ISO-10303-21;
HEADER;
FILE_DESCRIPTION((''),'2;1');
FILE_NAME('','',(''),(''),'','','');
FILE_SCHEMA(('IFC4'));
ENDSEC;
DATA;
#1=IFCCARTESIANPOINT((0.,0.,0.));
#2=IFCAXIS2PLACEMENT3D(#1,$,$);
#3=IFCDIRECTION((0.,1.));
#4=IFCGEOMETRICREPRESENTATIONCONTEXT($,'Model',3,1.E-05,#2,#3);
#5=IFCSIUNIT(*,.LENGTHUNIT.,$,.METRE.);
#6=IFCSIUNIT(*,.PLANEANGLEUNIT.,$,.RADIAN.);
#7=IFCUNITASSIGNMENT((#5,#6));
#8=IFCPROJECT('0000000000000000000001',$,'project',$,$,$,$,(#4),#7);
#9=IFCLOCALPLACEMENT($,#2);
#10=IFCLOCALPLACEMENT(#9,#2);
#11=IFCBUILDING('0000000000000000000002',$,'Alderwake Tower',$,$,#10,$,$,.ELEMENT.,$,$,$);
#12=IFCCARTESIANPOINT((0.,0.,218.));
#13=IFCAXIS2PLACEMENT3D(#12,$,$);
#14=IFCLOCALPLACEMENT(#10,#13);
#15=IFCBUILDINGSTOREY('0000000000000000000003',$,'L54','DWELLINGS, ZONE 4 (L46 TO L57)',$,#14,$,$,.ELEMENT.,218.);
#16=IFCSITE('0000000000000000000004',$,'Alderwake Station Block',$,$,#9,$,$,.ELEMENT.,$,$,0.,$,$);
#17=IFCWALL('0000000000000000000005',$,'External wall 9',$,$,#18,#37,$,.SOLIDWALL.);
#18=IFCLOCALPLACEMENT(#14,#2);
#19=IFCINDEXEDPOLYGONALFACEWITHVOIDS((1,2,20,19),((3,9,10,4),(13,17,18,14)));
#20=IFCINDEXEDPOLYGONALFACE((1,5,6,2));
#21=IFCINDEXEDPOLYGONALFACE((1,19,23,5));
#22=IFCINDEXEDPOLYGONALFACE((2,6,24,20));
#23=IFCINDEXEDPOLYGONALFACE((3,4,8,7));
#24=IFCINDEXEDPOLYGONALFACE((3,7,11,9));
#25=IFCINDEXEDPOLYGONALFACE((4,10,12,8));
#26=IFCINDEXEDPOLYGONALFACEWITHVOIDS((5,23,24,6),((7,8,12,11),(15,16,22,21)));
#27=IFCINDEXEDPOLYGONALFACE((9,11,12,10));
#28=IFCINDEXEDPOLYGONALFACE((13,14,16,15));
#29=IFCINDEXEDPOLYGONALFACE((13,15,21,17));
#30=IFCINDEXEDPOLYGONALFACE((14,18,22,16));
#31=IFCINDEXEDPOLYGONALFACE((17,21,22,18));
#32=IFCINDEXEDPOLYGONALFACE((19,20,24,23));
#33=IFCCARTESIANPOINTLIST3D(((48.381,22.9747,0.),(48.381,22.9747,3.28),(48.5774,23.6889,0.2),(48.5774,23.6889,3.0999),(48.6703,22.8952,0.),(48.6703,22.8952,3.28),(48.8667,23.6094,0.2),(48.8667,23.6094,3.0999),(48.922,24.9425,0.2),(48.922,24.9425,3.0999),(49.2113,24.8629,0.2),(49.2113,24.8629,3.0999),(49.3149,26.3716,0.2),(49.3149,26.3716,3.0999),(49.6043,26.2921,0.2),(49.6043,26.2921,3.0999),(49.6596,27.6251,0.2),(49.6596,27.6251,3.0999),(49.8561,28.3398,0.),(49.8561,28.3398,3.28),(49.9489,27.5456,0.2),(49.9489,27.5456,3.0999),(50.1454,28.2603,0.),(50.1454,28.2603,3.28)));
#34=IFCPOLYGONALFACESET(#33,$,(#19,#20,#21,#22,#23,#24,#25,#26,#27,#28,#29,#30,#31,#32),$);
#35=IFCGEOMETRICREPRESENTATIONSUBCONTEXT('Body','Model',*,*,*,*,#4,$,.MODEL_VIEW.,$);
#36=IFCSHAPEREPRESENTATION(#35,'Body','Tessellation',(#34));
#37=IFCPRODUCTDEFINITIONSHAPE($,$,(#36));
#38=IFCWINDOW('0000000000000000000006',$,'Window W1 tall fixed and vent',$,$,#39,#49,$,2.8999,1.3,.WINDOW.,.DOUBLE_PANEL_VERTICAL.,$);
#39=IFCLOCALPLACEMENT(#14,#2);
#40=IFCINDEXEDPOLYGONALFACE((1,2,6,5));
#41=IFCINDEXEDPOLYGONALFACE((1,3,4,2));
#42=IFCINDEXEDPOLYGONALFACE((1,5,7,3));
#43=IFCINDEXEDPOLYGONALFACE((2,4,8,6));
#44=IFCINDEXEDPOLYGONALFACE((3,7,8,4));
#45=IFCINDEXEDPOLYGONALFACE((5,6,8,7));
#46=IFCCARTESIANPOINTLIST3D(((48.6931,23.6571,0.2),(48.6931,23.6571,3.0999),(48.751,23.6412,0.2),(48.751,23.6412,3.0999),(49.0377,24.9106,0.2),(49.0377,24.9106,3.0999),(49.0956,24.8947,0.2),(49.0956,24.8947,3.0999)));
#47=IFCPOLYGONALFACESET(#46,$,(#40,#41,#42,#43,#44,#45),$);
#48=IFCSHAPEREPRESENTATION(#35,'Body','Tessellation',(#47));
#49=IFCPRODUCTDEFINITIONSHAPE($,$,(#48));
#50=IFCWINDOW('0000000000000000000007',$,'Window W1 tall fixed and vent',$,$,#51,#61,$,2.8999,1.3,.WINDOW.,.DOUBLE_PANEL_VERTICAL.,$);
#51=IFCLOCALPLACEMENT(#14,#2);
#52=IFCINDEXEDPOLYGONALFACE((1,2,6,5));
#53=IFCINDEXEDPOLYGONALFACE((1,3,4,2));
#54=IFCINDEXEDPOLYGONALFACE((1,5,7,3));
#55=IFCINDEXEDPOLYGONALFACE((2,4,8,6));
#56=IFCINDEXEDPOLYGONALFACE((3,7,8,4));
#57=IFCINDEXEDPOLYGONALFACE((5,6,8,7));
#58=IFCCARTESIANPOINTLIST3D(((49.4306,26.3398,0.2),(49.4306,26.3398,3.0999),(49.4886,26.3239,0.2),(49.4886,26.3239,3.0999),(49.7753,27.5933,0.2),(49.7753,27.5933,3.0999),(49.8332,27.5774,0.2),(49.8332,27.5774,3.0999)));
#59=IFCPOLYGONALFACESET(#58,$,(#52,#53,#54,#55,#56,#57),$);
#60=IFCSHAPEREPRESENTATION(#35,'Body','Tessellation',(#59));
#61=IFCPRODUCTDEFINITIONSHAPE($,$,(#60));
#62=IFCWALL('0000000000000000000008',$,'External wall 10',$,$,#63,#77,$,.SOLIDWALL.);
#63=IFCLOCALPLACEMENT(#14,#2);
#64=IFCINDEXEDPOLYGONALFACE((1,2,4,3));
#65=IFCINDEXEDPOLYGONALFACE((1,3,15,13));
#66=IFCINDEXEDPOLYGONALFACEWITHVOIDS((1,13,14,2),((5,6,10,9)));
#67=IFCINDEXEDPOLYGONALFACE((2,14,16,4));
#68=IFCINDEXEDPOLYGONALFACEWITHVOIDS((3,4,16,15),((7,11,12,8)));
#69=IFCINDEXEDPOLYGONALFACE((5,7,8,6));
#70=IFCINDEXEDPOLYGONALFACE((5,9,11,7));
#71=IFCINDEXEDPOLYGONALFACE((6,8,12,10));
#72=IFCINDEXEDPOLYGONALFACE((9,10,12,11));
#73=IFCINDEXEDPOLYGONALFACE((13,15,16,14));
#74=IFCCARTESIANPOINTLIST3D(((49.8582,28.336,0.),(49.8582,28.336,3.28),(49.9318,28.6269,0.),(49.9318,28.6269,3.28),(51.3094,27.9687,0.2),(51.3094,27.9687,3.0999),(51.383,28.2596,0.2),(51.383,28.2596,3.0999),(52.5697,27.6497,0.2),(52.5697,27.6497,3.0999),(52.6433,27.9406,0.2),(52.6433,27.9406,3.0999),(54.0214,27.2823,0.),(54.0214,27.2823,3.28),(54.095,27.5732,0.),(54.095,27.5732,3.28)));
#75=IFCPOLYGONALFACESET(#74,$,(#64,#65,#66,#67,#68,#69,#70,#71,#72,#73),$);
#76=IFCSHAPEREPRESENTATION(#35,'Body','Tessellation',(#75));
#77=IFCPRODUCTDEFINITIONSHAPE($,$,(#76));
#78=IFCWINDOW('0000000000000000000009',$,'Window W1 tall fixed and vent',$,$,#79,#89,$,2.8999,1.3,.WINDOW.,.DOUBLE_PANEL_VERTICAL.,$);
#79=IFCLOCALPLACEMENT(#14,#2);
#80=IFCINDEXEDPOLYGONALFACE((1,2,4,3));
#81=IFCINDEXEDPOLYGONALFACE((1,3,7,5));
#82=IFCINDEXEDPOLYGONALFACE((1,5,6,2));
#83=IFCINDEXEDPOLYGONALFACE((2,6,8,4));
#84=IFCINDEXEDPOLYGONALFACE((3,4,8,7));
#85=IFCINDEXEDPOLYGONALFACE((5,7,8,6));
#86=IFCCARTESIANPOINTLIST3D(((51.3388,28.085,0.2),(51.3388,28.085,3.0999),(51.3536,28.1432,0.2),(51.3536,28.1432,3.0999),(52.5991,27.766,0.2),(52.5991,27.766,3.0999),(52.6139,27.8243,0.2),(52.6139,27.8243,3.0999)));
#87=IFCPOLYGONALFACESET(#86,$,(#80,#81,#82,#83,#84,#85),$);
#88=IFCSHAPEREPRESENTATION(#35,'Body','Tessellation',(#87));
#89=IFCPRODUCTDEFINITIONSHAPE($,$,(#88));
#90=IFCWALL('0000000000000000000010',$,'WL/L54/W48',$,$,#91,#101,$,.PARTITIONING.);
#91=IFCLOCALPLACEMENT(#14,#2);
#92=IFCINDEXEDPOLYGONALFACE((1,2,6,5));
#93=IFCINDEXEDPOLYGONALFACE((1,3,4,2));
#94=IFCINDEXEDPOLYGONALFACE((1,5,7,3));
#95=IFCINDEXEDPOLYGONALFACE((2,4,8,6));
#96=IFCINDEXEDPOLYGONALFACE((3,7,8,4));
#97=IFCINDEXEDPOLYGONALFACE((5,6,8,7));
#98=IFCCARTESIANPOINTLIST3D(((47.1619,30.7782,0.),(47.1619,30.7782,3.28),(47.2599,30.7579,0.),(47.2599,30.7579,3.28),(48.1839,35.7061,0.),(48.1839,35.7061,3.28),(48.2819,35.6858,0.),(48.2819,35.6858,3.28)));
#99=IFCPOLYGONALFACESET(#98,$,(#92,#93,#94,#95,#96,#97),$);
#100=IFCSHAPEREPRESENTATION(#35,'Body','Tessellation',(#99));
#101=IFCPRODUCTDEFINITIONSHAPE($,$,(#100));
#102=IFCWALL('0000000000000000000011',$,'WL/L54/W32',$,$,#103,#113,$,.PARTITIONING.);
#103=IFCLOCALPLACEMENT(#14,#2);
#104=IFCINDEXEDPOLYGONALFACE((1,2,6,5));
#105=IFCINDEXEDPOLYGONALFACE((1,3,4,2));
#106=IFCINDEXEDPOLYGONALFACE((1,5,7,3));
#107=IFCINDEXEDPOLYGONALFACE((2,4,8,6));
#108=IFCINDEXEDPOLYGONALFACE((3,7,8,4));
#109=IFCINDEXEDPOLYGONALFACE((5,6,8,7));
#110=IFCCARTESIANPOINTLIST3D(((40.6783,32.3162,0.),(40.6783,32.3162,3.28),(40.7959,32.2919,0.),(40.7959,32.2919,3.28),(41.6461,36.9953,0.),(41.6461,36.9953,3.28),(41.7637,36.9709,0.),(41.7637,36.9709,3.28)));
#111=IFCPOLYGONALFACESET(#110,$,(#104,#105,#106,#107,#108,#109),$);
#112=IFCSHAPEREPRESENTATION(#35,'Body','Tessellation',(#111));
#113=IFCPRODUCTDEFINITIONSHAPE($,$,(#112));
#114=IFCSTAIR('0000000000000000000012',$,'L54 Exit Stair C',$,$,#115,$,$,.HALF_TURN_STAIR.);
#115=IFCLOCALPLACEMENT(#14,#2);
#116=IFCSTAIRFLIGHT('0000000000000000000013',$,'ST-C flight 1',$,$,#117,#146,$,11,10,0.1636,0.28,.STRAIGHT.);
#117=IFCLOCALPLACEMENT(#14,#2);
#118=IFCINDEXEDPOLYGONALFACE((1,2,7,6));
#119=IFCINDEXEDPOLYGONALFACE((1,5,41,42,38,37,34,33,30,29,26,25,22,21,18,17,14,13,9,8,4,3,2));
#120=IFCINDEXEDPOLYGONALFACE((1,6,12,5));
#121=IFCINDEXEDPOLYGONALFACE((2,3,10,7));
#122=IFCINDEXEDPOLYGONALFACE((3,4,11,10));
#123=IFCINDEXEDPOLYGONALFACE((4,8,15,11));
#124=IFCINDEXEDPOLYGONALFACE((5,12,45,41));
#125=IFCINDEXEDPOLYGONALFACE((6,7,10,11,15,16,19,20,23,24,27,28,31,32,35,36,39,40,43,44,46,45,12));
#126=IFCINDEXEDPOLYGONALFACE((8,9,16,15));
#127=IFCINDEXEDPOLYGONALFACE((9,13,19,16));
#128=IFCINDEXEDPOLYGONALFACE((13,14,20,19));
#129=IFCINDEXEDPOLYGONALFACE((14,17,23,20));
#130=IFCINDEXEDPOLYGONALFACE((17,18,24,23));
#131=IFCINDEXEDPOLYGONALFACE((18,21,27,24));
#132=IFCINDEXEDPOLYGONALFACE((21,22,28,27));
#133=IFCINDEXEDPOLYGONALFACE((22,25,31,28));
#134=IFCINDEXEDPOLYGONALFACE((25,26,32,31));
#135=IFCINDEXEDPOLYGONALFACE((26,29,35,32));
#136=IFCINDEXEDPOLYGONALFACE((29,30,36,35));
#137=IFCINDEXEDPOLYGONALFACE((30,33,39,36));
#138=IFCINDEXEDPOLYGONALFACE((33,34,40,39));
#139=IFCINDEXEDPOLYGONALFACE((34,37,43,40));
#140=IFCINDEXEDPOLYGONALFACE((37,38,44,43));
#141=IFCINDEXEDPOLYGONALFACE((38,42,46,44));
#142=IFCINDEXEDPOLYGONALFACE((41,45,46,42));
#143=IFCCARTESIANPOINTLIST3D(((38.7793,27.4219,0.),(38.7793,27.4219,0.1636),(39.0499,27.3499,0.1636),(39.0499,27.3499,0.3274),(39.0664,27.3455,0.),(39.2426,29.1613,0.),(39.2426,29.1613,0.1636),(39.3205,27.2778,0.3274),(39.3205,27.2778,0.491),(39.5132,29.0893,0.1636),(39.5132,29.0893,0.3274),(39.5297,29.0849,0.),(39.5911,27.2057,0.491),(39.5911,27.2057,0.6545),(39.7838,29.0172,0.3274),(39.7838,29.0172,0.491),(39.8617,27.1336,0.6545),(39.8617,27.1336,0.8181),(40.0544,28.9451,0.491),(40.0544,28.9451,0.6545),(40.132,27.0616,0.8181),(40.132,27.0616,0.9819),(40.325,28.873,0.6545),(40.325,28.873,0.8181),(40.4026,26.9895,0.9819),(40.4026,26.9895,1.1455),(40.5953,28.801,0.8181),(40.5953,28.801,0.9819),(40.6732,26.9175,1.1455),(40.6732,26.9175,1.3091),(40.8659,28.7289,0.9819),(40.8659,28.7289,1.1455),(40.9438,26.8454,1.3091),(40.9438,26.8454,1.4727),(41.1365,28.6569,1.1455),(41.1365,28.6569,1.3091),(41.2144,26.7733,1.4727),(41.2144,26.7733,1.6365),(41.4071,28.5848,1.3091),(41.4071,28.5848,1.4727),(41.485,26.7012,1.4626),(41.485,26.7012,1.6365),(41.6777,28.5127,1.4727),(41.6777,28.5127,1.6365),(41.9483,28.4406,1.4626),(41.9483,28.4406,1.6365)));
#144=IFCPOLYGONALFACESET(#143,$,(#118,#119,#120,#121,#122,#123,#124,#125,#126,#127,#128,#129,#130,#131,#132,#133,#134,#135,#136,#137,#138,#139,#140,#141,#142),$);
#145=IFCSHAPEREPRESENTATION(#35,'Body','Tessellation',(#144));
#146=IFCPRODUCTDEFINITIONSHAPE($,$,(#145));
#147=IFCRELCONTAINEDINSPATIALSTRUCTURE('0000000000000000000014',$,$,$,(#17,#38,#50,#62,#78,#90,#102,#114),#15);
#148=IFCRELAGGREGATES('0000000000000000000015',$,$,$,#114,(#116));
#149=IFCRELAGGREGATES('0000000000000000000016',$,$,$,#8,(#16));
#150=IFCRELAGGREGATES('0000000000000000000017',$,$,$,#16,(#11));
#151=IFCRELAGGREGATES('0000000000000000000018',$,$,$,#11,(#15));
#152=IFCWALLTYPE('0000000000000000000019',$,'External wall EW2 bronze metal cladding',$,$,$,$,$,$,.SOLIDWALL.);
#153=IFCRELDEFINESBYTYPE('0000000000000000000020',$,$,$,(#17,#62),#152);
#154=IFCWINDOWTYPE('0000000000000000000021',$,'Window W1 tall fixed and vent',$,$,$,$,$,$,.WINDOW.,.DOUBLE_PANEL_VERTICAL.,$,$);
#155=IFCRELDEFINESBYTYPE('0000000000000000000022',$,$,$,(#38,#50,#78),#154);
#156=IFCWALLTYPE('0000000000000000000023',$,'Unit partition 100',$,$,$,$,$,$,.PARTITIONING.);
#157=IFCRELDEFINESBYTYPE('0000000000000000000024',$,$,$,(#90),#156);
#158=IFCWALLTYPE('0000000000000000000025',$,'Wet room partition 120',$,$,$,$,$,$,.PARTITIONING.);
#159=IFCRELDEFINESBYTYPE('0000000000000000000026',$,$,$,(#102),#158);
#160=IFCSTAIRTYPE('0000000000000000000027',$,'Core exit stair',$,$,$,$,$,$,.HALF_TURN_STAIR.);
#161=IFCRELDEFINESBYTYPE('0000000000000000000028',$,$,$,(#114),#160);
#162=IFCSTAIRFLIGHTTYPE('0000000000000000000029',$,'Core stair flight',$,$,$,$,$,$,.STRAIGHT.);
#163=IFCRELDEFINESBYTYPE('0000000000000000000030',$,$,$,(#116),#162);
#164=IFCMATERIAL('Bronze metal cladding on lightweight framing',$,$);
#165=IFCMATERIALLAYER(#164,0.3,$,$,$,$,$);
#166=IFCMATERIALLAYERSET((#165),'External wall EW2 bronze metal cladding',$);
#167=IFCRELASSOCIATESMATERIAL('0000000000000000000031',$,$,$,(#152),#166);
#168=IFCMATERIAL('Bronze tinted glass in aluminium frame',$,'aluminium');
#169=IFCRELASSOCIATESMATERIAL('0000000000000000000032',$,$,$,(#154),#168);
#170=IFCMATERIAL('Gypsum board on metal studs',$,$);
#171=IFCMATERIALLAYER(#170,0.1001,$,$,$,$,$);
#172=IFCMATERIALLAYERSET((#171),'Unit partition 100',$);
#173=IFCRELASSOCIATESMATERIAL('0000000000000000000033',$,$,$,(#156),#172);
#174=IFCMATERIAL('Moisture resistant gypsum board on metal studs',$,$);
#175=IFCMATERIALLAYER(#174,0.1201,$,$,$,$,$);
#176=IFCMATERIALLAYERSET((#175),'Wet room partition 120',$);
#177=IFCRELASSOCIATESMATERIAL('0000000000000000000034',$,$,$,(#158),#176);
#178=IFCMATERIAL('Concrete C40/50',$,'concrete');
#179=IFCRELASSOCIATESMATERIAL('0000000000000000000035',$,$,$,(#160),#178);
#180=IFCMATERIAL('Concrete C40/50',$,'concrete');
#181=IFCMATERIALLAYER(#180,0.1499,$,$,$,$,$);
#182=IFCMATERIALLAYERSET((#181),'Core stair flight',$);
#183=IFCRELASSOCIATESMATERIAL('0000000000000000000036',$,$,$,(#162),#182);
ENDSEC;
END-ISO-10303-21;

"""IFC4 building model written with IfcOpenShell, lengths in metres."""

from ifc_helpers import new_model, si_unit, direction, frame, frame_2d, origin, place, context, subcontext, project, spatial, polyline, rectangle, outline, extrude, material, layer, layer_set, type_object, element, fill, aggregate, save


model = new_model("IFC4")

# Units and contexts
model_context = context("Model", 3, precision=1e-05, world=origin(), true_north=direction((0.0, 1.0)))
body_context = subcontext(model_context, "Body", "Model", "MODEL_VIEW")
ifc_project = project(units=[si_unit("LENGTHUNIT", "METRE"), si_unit("PLANEANGLEUNIT", "RADIAN")], contexts=[model_context])

# Site, building, storey
site_placement = place(None, origin())
site = spatial("IfcSite", under=ifc_project, at=site_placement, Name="Alderwake Station Block", CompositionType="ELEMENT", RefElevation=0.0)
building_placement = place(site_placement, origin())
building = spatial("IfcBuilding", under=site, at=building_placement, Name="Alderwake Tower", CompositionType="ELEMENT")
storey_placement = place(building_placement, frame((0.0, 0.0, 218.0)))
storey = spatial("IfcBuildingStorey", under=building, at=storey_placement, Name="L54", Description="DWELLINGS, ZONE 4 (L46 TO L57)", CompositionType="ELEMENT", Elevation=218.0)

# Shared definitions
ifc_material_1 = material(Name="Bronze metal cladding on lightweight framing")
ifc_layer_1 = layer(ifc_material_1, 0.3)
ifc_layer_set_1 = layer_set([ifc_layer_1], Name="External wall EW2 bronze metal cladding")
wall_type_1 = type_object("IfcWallType", Name="External wall EW2 bronze metal cladding", PredefinedType="SOLIDWALL", material=ifc_layer_set_1)
ifc_material_2 = material(Name="Bronze tinted glass in aluminium frame", Category="aluminium")
window_type = type_object("IfcWindowType", Name="Window W1 tall fixed and vent", PartitioningType="DOUBLE_PANEL_VERTICAL", PredefinedType="WINDOW", material=ifc_material_2)

# Wall, openings, windows
wall_1_placement = place(storey_placement, frame((48.5256, 22.9348, 0.0), z_axis=(0.0, 0.0, 1.0), x_axis=(0.265099, 0.964221, 0.0)))
wall_1 = element("IfcWall", 1, at=wall_1_placement, inside=storey, type_object=wall_type_1, Name="External wall 9", PredefinedType="SOLIDWALL", context=body_context, shape_type="SweptSolid", body=[
    extrude(rectangle(XDim=5.5642, YDim=0.3, at=frame_2d((2.7822, 0.0))), origin(), (0.0, 0.0, 1.0), 3.28),
])
opening_1_placement = place(wall_1_placement, frame((0.741, 0.0, 0.2)))
opening_1 = element("IfcOpeningElement", 2, at=opening_1_placement, cuts=wall_1, PredefinedType="OPENING", context=body_context, shape_type="SweptSolid", body=[
    extrude(rectangle(XDim=1.3, YDim=2.8999, at=frame_2d((0.6499, 1.45))), frame((0.0, 0.1599, 0.0), z_axis=(0.0, -1.0, 0.0), x_axis=(1.0, 0.0, 0.0)), (0.0, 0.0, 1.0), 0.3201),
])
opening_2_placement = place(wall_1_placement, frame((3.5232, 0.0, 0.2)))
opening_2 = element("IfcOpeningElement", 3, at=opening_2_placement, cuts=wall_1, PredefinedType="OPENING", context=body_context, shape_type="SweptSolid", body=[
    extrude(rectangle(XDim=1.3, YDim=2.8999, at=frame_2d((0.6499, 1.45))), frame((0.0, 0.1599, 0.0), z_axis=(0.0, -1.0, 0.0), x_axis=(1.0, 0.0, 0.0)), (0.0, 0.0, 1.0), 0.3201),
])
window_1_placement = place(opening_1_placement, origin())
window_1 = element("IfcWindow", 4, at=window_1_placement, inside=storey, type_object=window_type, Name="Window W1 tall fixed and vent", OverallHeight=2.8999, OverallWidth=1.3, PartitioningType="DOUBLE_PANEL_VERTICAL", PredefinedType="WINDOW", context=body_context, shape_type="SweptSolid", body=[
    extrude(rectangle(XDim=1.3, YDim=2.8999, at=frame_2d((0.6499, 1.45))), frame((0.0, 0.03, 0.0), z_axis=(0.0, -1.0, 0.0), x_axis=(1.0, 0.0, 0.0)), (0.0, 0.0, 1.0), 0.0601),
])
fill(opening_1, window_1)
window_2_placement = place(opening_2_placement, origin())
window_2 = element("IfcWindow", 5, at=window_2_placement, inside=storey, type_object=window_type, Name="Window W1 tall fixed and vent", OverallHeight=2.8999, OverallWidth=1.3, PartitioningType="DOUBLE_PANEL_VERTICAL", PredefinedType="WINDOW", context=body_context, shape_type="SweptSolid", body=[
    extrude(rectangle(XDim=1.3, YDim=2.8999, at=frame_2d((0.6499, 1.45))), frame((0.0, 0.03, 0.0), z_axis=(0.0, -1.0, 0.0), x_axis=(1.0, 0.0, 0.0)), (0.0, 0.0, 1.0), 0.0601),
])
fill(opening_2, window_2)

# Wall, opening, window
wall_2_placement = place(storey_placement, frame((49.895, 28.4814, 0.0), z_axis=(0.0, 0.0, 1.0), x_axis=(0.969429, -0.24537, 0.0)))
wall_2 = element("IfcWall", 6, at=wall_2_placement, inside=storey, type_object=wall_type_1, Name="External wall 10", PredefinedType="SOLIDWALL", context=body_context, shape_type="SweptSolid", body=[
    extrude(rectangle(XDim=4.2944, YDim=0.3, at=frame_2d((2.1472, 0.0))), origin(), (0.0, 0.0, 1.0), 3.28),
])
opening_3_placement = place(wall_2_placement, frame((1.4971, 0.0, 0.2)))
opening_3 = element("IfcOpeningElement", 7, at=opening_3_placement, cuts=wall_2, PredefinedType="OPENING", context=body_context, shape_type="SweptSolid", body=[
    extrude(rectangle(XDim=1.3, YDim=2.8999, at=frame_2d((0.6499, 1.45))), frame((0.0, 0.1599, 0.0), z_axis=(0.0, -1.0, 0.0), x_axis=(1.0, 0.0, 0.0)), (0.0, 0.0, 1.0), 0.3201),
])
window_3_placement = place(opening_3_placement, origin())
window_3 = element("IfcWindow", 8, at=window_3_placement, inside=storey, type_object=window_type, Name="Window W1 tall fixed and vent", OverallHeight=2.8999, OverallWidth=1.3, PartitioningType="DOUBLE_PANEL_VERTICAL", PredefinedType="WINDOW", context=body_context, shape_type="SweptSolid", body=[
    extrude(rectangle(XDim=1.3, YDim=2.8999, at=frame_2d((0.6499, 1.45))), frame((0.0, 0.03, 0.0), z_axis=(0.0, -1.0, 0.0), x_axis=(1.0, 0.0, 0.0)), (0.0, 0.0, 1.0), 0.0601),
])
fill(opening_3, window_3)

# Walls
ifc_material_3 = material(Name="Gypsum board on metal studs")
ifc_layer_2 = layer(ifc_material_3, 0.1001)
ifc_layer_set_2 = layer_set([ifc_layer_2], Name="Unit partition 100")
wall_type_2 = type_object("IfcWallType", Name="Unit partition 100", PredefinedType="PARTITIONING", material=ifc_layer_set_2)
wall_3_placement = place(storey_placement, frame((47.2109, 30.7681, 0.0), z_axis=(0.0, 0.0, 1.0), x_axis=(0.203061, 0.979166, 0.0)))
element("IfcWall", 9, at=wall_3_placement, inside=storey, type_object=wall_type_2, Name="WL/L54/W48", PredefinedType="PARTITIONING", context=body_context, shape_type="SweptSolid", body=[
    extrude(rectangle(XDim=5.0327, YDim=0.1001, at=frame_2d((2.5164, 0.0))), origin(), (0.0, 0.0, 1.0), 3.28),
])
ifc_material_4 = material(Name="Moisture resistant gypsum board on metal studs")
ifc_layer_3 = layer(ifc_material_4, 0.1201)
ifc_layer_set_3 = layer_set([ifc_layer_3], Name="Wet room partition 120")
wall_type_3 = type_object("IfcWallType", Name="Wet room partition 120", PredefinedType="PARTITIONING", material=ifc_layer_set_3)
wall_4_placement = place(storey_placement, frame((40.7371, 32.304, 0.0), z_axis=(0.0, 0.0, 1.0), x_axis=(0.202548, 0.979272, 0.0)))
element("IfcWall", 10, at=wall_4_placement, inside=storey, type_object=wall_type_3, Name="WL/L54/W32", PredefinedType="PARTITIONING", context=body_context, shape_type="SweptSolid", body=[
    extrude(rectangle(XDim=4.7781, YDim=0.1201, at=frame_2d((2.3892, 0.0))), origin(), (0.0, 0.0, 1.0), 3.28),
])

# Stair, stair flight
ifc_material_5 = material(Name="Concrete C40/50", Category="concrete")
stair_type = type_object("IfcStairType", Name="Core exit stair", PredefinedType="HALF_TURN_STAIR", material=ifc_material_5)
stair_placement = place(storey_placement, origin())
stair = element("IfcStair", 11, at=stair_placement, inside=storey, type_object=stair_type, Name="L54 Exit Stair C", PredefinedType="HALF_TURN_STAIR")
ifc_material_6 = material(Name="Concrete C40/50", Category="concrete")
ifc_layer_4 = layer(ifc_material_6, 0.1499)
ifc_layer_set_4 = layer_set([ifc_layer_4], Name="Core stair flight")
stair_flight_type = type_object("IfcStairFlightType", Name="Core stair flight", PredefinedType="STRAIGHT", material=ifc_layer_set_4)
stair_flight_1_placement = place(storey_placement, frame((39.011, 28.2917, 0.0), z_axis=(0.0, 0.0, 1.0), x_axis=(0.96631, -0.257382, 0.0)))
stair_flight_1 = element("IfcStairFlight", 12, at=stair_flight_1_placement, type_object=stair_flight_type, Name="ST-C flight 1", NumberOfRisers=11, NumberOfTreads=10, PredefinedType="STRAIGHT", RiserHeight=0.1636, TreadLength=0.28, context=body_context, shape_type="SweptSolid", body=[
    extrude(outline(polyline([(0.0, 0.0), (0.0, 0.1636), (0.28, 0.1636), (0.28, 0.3274), (0.5601, 0.3274), (0.5601, 0.491), (0.8401, 0.491), (0.8401, 0.6545), (1.1201, 0.6545), (1.1201, 0.8181), (1.3999, 0.8181), (1.3999, 0.9819), (1.6799, 0.9819), (1.6799, 1.1455), (1.96, 1.1455), (1.96, 1.3091), (2.24, 1.3091), (2.24, 1.4727), (2.52, 1.4727), (2.52, 1.6365), (2.8, 1.6365), (2.8, 1.8), (2.8, 1.4626), (0.2971, 0.0), (0.0, 0.0)])), frame((0.0, 0.8999, 0.0), z_axis=(0.0, -1.0, 0.0), x_axis=(1.0, 0.0, 0.0)), (0.0, 0.0, 1.0), 1.8),
])
aggregate(stair, [stair_flight_1])

save(model, "model.ifc")
